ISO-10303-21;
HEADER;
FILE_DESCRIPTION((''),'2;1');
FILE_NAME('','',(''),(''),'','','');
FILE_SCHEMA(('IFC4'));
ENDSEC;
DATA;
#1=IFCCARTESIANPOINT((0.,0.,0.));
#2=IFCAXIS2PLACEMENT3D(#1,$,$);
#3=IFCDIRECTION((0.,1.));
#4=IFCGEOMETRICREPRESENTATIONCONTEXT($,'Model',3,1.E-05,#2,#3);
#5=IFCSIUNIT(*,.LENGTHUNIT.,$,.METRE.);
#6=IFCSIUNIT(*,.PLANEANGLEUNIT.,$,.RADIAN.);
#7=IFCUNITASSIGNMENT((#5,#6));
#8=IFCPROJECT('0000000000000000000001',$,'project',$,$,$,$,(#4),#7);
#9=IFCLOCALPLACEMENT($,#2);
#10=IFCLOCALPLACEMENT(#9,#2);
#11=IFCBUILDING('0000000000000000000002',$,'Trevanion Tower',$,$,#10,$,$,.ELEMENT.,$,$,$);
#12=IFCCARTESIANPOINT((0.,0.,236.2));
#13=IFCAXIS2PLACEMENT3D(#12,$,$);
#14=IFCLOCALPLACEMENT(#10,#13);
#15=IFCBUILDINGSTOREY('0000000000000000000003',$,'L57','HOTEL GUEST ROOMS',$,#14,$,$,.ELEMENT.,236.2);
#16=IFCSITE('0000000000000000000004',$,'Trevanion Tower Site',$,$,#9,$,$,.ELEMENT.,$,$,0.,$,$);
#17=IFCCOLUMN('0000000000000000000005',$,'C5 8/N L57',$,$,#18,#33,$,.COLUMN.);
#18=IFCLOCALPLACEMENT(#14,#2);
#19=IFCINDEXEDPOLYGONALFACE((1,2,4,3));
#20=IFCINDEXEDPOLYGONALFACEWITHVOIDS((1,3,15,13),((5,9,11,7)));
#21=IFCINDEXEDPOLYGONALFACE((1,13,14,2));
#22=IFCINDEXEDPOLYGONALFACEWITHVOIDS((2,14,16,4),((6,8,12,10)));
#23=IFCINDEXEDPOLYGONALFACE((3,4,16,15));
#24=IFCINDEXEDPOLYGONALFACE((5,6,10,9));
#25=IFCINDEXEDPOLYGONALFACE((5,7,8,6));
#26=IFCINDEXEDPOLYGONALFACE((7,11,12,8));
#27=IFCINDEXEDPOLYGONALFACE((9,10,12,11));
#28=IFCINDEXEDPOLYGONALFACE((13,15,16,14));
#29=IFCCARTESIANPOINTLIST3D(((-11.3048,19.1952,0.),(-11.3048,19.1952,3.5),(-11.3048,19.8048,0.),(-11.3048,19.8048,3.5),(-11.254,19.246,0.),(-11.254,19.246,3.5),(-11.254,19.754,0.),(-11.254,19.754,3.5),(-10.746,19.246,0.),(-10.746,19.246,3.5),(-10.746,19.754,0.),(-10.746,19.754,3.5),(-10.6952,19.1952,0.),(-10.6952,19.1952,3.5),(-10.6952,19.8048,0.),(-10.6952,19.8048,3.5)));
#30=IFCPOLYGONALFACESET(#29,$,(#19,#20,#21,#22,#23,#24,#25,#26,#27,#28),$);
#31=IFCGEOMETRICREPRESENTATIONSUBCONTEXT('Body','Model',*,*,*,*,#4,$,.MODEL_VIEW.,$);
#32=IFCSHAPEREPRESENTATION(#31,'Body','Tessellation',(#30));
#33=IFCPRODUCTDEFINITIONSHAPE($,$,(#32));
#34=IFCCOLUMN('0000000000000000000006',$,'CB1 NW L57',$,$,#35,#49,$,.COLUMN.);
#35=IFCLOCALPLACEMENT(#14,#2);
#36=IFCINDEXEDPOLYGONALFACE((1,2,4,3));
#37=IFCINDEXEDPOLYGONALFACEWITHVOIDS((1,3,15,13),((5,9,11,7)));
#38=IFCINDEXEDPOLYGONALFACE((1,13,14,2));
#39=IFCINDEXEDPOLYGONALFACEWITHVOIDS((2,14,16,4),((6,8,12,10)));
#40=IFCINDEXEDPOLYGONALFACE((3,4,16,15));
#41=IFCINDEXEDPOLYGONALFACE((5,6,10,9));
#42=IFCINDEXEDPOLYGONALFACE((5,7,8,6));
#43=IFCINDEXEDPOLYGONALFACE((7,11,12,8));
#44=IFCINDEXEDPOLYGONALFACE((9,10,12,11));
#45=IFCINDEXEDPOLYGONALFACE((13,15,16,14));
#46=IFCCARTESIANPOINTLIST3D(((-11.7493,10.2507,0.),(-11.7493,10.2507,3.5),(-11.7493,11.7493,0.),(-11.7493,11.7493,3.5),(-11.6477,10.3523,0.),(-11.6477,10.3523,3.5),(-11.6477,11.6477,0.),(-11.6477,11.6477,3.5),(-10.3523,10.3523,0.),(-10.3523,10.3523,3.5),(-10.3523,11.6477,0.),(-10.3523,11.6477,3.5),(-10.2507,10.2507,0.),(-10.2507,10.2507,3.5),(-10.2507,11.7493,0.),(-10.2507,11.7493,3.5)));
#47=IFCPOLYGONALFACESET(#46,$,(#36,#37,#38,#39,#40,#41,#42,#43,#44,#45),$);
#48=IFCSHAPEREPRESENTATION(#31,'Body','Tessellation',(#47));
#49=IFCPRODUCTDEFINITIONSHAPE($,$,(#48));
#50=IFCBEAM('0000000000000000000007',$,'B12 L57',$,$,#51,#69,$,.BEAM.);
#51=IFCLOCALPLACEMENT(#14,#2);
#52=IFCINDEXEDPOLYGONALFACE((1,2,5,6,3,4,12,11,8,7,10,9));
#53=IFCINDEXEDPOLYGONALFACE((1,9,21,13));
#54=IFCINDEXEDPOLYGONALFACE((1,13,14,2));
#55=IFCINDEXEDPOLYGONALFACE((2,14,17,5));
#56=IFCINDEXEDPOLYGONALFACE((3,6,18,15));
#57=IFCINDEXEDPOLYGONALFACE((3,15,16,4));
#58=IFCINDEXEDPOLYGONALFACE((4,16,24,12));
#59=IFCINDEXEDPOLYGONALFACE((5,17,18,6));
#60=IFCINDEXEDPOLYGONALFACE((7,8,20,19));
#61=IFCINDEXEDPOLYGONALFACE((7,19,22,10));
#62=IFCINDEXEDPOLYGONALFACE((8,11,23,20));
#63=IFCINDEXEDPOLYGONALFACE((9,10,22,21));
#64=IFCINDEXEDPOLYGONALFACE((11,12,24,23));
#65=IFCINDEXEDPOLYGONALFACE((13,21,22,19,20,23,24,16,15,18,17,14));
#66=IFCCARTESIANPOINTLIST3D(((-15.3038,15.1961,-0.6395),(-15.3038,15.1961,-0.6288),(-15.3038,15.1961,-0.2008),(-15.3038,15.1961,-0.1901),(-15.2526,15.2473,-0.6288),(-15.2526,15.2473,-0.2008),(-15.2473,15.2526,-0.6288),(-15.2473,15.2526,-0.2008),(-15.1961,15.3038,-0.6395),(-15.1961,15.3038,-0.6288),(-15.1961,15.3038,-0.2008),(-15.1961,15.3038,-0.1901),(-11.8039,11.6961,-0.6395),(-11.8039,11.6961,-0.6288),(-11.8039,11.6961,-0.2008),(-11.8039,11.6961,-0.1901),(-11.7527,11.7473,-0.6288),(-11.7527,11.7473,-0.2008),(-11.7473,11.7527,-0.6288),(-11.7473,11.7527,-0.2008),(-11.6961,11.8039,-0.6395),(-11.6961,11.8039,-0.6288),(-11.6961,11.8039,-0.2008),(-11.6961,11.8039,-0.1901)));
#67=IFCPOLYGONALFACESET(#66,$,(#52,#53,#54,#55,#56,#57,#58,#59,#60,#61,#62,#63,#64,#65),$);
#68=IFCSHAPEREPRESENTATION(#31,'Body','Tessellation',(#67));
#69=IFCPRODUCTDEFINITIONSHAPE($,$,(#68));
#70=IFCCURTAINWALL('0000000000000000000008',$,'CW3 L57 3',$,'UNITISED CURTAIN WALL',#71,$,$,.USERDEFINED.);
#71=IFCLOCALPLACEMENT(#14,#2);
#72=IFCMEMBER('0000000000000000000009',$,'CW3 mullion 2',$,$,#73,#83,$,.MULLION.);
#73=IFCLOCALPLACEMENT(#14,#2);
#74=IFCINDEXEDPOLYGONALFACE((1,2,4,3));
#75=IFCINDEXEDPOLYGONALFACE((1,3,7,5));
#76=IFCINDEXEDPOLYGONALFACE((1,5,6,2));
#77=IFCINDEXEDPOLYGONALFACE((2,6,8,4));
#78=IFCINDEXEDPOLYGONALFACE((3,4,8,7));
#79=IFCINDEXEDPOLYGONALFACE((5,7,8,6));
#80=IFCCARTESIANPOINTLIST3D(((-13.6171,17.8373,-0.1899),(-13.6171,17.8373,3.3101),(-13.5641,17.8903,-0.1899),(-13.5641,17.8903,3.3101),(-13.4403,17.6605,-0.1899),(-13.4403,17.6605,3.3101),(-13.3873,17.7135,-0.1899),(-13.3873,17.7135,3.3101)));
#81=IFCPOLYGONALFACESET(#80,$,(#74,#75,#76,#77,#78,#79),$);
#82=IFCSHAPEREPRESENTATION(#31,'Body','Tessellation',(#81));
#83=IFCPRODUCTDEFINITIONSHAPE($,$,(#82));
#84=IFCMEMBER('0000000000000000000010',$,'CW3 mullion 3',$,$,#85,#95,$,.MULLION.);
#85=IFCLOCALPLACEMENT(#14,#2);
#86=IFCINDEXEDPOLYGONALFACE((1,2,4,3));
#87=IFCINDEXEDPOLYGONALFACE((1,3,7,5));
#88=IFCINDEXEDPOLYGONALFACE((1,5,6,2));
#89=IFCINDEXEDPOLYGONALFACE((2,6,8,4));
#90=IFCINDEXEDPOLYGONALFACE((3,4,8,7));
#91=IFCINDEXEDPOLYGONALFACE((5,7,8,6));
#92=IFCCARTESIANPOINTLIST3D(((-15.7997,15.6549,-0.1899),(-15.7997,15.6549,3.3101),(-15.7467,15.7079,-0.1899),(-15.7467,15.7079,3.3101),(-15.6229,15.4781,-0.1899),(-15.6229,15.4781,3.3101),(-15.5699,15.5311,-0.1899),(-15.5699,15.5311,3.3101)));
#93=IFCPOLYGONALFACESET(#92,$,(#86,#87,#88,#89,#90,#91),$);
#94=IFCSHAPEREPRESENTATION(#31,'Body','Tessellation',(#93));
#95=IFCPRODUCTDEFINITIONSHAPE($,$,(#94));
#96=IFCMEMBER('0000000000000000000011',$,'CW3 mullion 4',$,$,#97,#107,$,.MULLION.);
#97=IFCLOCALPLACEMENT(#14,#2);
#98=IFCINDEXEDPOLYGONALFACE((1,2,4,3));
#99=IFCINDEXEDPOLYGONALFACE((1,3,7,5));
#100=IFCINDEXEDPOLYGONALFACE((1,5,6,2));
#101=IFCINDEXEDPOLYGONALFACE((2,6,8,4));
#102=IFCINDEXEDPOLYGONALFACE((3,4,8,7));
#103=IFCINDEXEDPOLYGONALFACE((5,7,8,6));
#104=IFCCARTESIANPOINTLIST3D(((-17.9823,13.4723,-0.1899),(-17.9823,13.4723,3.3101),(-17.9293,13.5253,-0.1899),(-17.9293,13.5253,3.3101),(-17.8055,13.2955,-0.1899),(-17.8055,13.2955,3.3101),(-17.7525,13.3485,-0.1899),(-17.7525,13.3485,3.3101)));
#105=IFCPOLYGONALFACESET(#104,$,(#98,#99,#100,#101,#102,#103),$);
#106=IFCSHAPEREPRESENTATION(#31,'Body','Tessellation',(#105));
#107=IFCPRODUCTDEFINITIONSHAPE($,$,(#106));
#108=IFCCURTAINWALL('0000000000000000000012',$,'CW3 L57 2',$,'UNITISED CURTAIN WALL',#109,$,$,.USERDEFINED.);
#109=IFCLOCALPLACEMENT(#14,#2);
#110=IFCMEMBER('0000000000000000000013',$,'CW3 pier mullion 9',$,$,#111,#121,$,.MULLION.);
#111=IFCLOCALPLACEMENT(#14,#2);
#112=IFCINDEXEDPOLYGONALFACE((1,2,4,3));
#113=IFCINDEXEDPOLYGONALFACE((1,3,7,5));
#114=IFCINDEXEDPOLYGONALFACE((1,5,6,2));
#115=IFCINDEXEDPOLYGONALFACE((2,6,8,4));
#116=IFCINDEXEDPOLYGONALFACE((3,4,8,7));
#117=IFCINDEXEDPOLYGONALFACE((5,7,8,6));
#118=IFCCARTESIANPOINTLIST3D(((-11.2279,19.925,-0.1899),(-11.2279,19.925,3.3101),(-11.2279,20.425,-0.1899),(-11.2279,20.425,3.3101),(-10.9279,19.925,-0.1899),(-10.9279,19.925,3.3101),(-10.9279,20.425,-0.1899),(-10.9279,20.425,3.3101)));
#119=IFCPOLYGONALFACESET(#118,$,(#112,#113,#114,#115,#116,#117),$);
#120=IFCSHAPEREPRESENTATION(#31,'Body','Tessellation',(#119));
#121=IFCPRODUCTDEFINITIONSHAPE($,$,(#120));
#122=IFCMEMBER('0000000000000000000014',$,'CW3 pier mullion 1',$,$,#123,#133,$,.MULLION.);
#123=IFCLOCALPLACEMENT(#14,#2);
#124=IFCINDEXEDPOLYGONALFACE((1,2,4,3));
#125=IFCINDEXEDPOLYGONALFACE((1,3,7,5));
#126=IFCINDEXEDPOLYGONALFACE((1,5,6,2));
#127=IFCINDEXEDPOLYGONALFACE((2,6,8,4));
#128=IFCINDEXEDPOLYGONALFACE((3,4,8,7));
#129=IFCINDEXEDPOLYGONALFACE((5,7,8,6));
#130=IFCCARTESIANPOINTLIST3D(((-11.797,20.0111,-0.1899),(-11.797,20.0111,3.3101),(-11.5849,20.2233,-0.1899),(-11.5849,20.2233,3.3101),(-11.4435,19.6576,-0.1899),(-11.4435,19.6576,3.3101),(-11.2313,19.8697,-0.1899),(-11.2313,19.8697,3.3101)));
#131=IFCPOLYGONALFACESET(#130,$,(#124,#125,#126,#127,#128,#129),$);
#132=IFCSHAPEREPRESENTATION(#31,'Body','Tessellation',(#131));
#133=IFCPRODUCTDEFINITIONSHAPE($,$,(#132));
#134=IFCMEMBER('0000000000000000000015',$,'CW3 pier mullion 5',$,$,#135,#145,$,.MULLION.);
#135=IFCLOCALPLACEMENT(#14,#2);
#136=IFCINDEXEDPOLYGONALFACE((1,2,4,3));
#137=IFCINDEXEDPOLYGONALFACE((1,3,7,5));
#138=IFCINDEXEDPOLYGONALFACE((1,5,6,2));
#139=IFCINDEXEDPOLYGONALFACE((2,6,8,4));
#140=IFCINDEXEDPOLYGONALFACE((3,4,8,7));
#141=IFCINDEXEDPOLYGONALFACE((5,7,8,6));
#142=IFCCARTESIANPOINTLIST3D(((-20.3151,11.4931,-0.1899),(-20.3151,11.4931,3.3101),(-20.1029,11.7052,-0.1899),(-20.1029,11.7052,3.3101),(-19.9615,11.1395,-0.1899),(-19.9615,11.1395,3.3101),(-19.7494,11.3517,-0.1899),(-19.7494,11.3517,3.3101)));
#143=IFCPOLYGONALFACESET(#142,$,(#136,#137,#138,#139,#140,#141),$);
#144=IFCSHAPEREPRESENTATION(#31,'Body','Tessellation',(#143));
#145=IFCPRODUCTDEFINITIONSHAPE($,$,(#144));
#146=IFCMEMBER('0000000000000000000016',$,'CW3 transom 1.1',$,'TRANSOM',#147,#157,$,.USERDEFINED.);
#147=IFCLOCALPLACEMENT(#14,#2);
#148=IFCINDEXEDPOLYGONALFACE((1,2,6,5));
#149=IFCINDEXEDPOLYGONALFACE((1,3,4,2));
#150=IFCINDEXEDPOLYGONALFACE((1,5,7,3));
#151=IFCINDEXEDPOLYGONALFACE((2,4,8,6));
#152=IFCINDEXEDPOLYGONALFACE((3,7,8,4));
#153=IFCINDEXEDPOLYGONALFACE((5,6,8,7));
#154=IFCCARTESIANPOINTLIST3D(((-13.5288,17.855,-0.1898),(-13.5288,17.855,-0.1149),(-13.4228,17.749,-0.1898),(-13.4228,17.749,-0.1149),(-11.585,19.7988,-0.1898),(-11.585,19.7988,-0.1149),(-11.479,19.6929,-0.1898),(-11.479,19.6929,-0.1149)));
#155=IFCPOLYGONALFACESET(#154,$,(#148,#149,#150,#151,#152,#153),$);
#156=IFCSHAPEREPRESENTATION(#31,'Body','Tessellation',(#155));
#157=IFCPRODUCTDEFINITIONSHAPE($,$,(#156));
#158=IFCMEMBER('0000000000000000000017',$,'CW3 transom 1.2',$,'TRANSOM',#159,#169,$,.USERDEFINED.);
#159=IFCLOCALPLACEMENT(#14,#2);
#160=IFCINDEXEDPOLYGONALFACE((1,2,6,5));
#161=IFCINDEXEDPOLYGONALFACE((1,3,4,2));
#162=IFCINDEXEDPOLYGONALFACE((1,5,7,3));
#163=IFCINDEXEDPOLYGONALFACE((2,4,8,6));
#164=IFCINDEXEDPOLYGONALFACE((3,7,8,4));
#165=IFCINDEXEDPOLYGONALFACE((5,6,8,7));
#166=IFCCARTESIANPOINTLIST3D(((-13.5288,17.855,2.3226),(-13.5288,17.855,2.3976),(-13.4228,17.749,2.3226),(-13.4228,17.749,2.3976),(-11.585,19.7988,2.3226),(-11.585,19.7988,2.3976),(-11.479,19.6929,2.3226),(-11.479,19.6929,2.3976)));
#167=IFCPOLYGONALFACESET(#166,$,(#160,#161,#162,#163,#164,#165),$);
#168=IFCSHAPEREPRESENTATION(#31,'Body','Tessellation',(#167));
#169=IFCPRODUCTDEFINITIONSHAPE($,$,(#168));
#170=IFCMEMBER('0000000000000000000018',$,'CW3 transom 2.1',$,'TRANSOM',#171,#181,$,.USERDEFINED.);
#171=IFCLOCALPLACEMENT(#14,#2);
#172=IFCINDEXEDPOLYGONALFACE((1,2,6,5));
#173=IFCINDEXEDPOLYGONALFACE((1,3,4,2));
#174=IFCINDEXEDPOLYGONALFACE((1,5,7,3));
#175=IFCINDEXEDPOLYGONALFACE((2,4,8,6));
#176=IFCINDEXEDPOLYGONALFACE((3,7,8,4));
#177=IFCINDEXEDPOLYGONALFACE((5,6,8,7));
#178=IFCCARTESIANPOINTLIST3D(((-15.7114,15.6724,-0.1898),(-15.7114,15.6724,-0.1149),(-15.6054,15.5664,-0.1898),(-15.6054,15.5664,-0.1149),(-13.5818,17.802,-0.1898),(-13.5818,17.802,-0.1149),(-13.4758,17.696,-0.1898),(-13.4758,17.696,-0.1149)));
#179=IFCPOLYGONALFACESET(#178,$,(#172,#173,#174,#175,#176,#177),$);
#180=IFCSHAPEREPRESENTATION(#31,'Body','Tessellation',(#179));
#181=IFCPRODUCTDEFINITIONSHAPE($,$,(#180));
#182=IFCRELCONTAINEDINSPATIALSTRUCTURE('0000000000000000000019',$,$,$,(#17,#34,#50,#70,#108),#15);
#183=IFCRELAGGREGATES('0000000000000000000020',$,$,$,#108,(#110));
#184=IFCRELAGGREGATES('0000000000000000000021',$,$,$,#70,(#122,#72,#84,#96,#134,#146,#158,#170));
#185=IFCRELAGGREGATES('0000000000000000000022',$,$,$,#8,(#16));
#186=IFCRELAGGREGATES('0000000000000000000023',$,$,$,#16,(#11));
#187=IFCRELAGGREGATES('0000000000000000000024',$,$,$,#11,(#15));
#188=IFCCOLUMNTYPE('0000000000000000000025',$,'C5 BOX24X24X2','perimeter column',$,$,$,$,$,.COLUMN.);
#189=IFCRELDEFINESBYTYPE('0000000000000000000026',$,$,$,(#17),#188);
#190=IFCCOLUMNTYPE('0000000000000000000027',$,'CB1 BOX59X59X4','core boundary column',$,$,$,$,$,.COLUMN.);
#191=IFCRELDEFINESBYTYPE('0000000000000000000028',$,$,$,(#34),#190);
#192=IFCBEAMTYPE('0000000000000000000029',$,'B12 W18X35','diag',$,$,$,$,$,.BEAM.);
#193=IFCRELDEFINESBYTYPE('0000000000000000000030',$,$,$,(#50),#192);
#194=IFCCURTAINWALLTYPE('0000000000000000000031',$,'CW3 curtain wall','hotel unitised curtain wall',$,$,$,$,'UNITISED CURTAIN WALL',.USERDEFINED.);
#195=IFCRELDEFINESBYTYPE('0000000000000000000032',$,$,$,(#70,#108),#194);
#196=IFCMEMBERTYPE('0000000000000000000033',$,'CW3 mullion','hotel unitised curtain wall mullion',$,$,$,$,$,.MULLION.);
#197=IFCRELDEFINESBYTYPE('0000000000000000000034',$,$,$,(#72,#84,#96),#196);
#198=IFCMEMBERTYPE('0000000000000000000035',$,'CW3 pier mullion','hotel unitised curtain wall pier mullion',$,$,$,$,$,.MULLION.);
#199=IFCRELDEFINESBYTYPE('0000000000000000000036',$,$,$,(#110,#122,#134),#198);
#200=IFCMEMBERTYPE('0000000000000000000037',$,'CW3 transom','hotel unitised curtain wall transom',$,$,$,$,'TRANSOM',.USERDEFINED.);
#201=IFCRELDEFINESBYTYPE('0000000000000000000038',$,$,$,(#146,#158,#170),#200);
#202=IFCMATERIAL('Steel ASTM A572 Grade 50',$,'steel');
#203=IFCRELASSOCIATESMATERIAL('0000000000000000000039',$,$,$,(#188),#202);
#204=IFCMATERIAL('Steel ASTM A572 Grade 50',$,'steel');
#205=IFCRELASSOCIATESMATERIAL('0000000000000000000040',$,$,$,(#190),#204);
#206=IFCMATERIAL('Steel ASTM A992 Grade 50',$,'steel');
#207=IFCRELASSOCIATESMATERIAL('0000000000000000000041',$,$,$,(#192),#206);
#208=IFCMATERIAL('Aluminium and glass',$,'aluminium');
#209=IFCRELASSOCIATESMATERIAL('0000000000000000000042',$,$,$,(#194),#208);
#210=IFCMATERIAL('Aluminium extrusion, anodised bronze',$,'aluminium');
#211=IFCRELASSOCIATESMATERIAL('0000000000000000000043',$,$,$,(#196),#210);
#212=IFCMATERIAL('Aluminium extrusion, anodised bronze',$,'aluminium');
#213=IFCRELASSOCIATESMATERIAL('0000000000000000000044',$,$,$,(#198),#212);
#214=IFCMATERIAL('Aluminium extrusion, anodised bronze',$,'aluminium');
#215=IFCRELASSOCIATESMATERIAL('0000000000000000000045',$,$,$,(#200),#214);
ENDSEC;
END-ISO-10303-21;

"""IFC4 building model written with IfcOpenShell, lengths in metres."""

from ifc_helpers import new_model, si_unit, direction, frame, origin, origin_2d, place, context, subcontext, project, spatial, rectangle, hollow_rectangle, i_section, extrude, material, material_profile, profile_set, type_object, element, aggregate, save


model = new_model("IFC4")

# Units and contexts
model_context = context("Model", 3, precision=1e-05, world=origin(), true_north=direction((0.0, 1.0)))
body_context = subcontext(model_context, "Body", "Model", "MODEL_VIEW")
ifc_project = project(units=[si_unit("LENGTHUNIT", "METRE"), si_unit("PLANEANGLEUNIT", "RADIAN")], contexts=[model_context])

# Site, building, storey
site_placement = place(None, origin())
site = spatial("IfcSite", under=ifc_project, at=site_placement, Name="Trevanion Tower Site", CompositionType="ELEMENT", RefElevation=0.0)
building_placement = place(site_placement, origin())
building = spatial("IfcBuilding", under=site, at=building_placement, Name="Trevanion Tower", CompositionType="ELEMENT")
storey_placement = place(building_placement, frame((0.0, 0.0, 236.2)))
storey = spatial("IfcBuildingStorey", under=building, at=storey_placement, Name="L57", Description="HOTEL GUEST ROOMS", CompositionType="ELEMENT", Elevation=236.2)

# Columns
ifc_material_1 = material(Name="Steel ASTM A572 Grade 50", Category="steel")
ifc_material_profile_1 = material_profile(ifc_material_1, hollow_rectangle(XDim=0.6096, YDim=0.6096, WallThickness=0.0508, at=origin_2d()), Name="BOX24X24X2")
ifc_profile_set_1 = profile_set([ifc_material_profile_1], Name="Steel ASTM A572 Grade 50")
column_type_1 = type_object("IfcColumnType", Name="C5 BOX24X24X2", Description="perimeter column", PredefinedType="COLUMN", material=ifc_profile_set_1)
column_1_placement = place(storey_placement, frame((-11.0, 19.5, 0.0), z_axis=(0.0, 0.0, 1.0), x_axis=(1.0, 0.0, 0.0)))
element("IfcColumn", 1, at=column_1_placement, inside=storey, type_object=column_type_1, Name="C5 8/N L57", PredefinedType="COLUMN", context=body_context, shape_type="SweptSolid", body=[
    extrude(hollow_rectangle(XDim=0.6096, YDim=0.6096, WallThickness=0.0508, at=origin_2d()), origin(), (0.0, 0.0, 1.0), 3.5),
])
ifc_material_2 = material(Name="Steel ASTM A572 Grade 50", Category="steel")
ifc_material_profile_2 = material_profile(ifc_material_2, hollow_rectangle(XDim=1.4985, YDim=1.4985, WallThickness=0.1016, at=origin_2d()), Name="BOX59X59X4")
ifc_profile_set_2 = profile_set([ifc_material_profile_2], Name="Steel ASTM A572 Grade 50")
column_type_2 = type_object("IfcColumnType", Name="CB1 BOX59X59X4", Description="core boundary column", PredefinedType="COLUMN", material=ifc_profile_set_2)
column_2_placement = place(storey_placement, frame((-11.0, 11.0, 0.0), z_axis=(0.0, 0.0, 1.0), x_axis=(1.0, 0.0, 0.0)))
element("IfcColumn", 2, at=column_2_placement, inside=storey, type_object=column_type_2, Name="CB1 NW L57", PredefinedType="COLUMN", context=body_context, shape_type="SweptSolid", body=[
    extrude(hollow_rectangle(XDim=1.4985, YDim=1.4985, WallThickness=0.1016, at=origin_2d()), origin(), (0.0, 0.0, 1.0), 3.5),
])

# Beam
ifc_material_3 = material(Name="Steel ASTM A992 Grade 50", Category="steel")
ifc_material_profile_3 = material_profile(ifc_material_3, i_section(OverallWidth=0.1523, OverallDepth=0.4495, WebThickness=0.0076, FlangeThickness=0.0107, at=origin_2d()), Name="W18X35")
ifc_profile_set_3 = profile_set([ifc_material_profile_3], Name="Steel ASTM A992 Grade 50")
beam_type_1 = type_object("IfcBeamType", Name="B12 W18X35", Description="diag", PredefinedType="BEAM", material=ifc_profile_set_3)
beam_1_placement = place(storey_placement, frame((-11.75, 11.75, -0.4148), z_axis=(-0.707107, 0.707107, 0.0), x_axis=(-0.707107, -0.707107, 0.0)))
element("IfcBeam", 3, at=beam_1_placement, inside=storey, type_object=beam_type_1, Name="B12 L57", PredefinedType="BEAM", context=body_context, shape_type="SweptSolid", body=[
    extrude(i_section(OverallWidth=0.1523, OverallDepth=0.4495, WebThickness=0.0076, FlangeThickness=0.0107, at=origin_2d()), origin(), (0.0, 0.0, 1.0), 4.9497),
])

# Curtain wall, members
ifc_material_4 = material(Name="Aluminium and glass", Category="aluminium")
curtain_wall_type = type_object("IfcCurtainWallType", Name="CW3 curtain wall", Description="hotel unitised curtain wall", ElementType="UNITISED CURTAIN WALL", PredefinedType="USERDEFINED", material=ifc_material_4)
curtain_wall_1_placement = place(storey_placement, origin())
curtain_wall_1 = element("IfcCurtainWall", 4, at=curtain_wall_1_placement, inside=storey, type_object=curtain_wall_type, Name="CW3 L57 3", ObjectType="UNITISED CURTAIN WALL", PredefinedType="USERDEFINED")
ifc_material_5 = material(Name="Aluminium extrusion, anodised bronze", Category="aluminium")
ifc_material_profile_4 = material_profile(ifc_material_5, rectangle(XDim=0.075, YDim=0.25, at=origin_2d()), Name="CW3 mullion")
ifc_profile_set_4 = profile_set([ifc_material_profile_4], Name="Aluminium extrusion, anodised bronze")
member_type_1 = type_object("IfcMemberType", Name="CW3 mullion", Description="hotel unitised curtain wall mullion", PredefinedType="MULLION", material=ifc_profile_set_4)
member_1_placement = place(storey_placement, frame((-13.5022, 17.7754, -0.1899), z_axis=(0.0, 0.0, 1.0), x_axis=(-0.707107, -0.707107, 0.0)))
member_1 = element("IfcMember", 5, at=member_1_placement, type_object=member_type_1, Name="CW3 mullion 2", PredefinedType="MULLION", context=body_context, shape_type="SweptSolid", body=[
    extrude(rectangle(XDim=0.075, YDim=0.25, at=origin_2d()), origin(), (0.0, 0.0, 1.0), 3.5),
])
member_2_placement = place(storey_placement, frame((-15.6848, 15.593, -0.1899), z_axis=(0.0, 0.0, 1.0), x_axis=(-0.707107, -0.707107, 0.0)))
member_2 = element("IfcMember", 6, at=member_2_placement, type_object=member_type_1, Name="CW3 mullion 3", PredefinedType="MULLION", context=body_context, shape_type="SweptSolid", body=[
    extrude(rectangle(XDim=0.075, YDim=0.25, at=origin_2d()), origin(), (0.0, 0.0, 1.0), 3.5),
])
member_3_placement = place(storey_placement, frame((-17.8674, 13.4104, -0.1899), z_axis=(0.0, 0.0, 1.0), x_axis=(-0.707107, -0.707107, 0.0)))
member_3 = element("IfcMember", 7, at=member_3_placement, type_object=member_type_1, Name="CW3 mullion 4", PredefinedType="MULLION", context=body_context, shape_type="SweptSolid", body=[
    extrude(rectangle(XDim=0.075, YDim=0.25, at=origin_2d()), origin(), (0.0, 0.0, 1.0), 3.5),
])

# Curtain wall, member
curtain_wall_2_placement = place(storey_placement, origin())
curtain_wall_2 = element("IfcCurtainWall", 8, at=curtain_wall_2_placement, inside=storey, type_object=curtain_wall_type, Name="CW3 L57 2", ObjectType="UNITISED CURTAIN WALL", PredefinedType="USERDEFINED")
ifc_material_6 = material(Name="Aluminium extrusion, anodised bronze", Category="aluminium")
ifc_material_profile_5 = material_profile(ifc_material_6, rectangle(XDim=0.3, YDim=0.5, at=origin_2d()), Name="CW3 pier mullion")
ifc_profile_set_5 = profile_set([ifc_material_profile_5], Name="Aluminium extrusion, anodised bronze")
member_type_2 = type_object("IfcMemberType", Name="CW3 pier mullion", Description="hotel unitised curtain wall pier mullion", PredefinedType="MULLION", material=ifc_profile_set_5)
member_4_placement = place(storey_placement, frame((-11.0779, 20.175, -0.1899), z_axis=(0.0, 0.0, 1.0), x_axis=(-1.0, 0.0, 0.0)))
member_4 = element("IfcMember", 9, at=member_4_placement, type_object=member_type_2, Name="CW3 pier mullion 9", PredefinedType="MULLION", context=body_context, shape_type="SweptSolid", body=[
    extrude(rectangle(XDim=0.3, YDim=0.5, at=origin_2d()), origin(), (0.0, 0.0, 1.0), 3.5),
])
aggregate(curtain_wall_2, [member_4])

# Members
member_5_placement = place(storey_placement, frame((-11.5142, 19.9404, -0.1899), z_axis=(0.0, 0.0, 1.0), x_axis=(-0.707107, -0.707107, 0.0)))
member_5 = element("IfcMember", 10, at=member_5_placement, type_object=member_type_2, Name="CW3 pier mullion 1", PredefinedType="MULLION", context=body_context, shape_type="SweptSolid", body=[
    extrude(rectangle(XDim=0.3, YDim=0.5, at=origin_2d()), origin(), (0.0, 0.0, 1.0), 3.5),
])
member_6_placement = place(storey_placement, frame((-20.0322, 11.4224, -0.1899), z_axis=(0.0, 0.0, 1.0), x_axis=(-0.707107, -0.707107, 0.0)))
member_6 = element("IfcMember", 11, at=member_6_placement, type_object=member_type_2, Name="CW3 pier mullion 5", PredefinedType="MULLION", context=body_context, shape_type="SweptSolid", body=[
    extrude(rectangle(XDim=0.3, YDim=0.5, at=origin_2d()), origin(), (0.0, 0.0, 1.0), 3.5),
])
ifc_material_7 = material(Name="Aluminium extrusion, anodised bronze", Category="aluminium")
ifc_material_profile_6 = material_profile(ifc_material_7, rectangle(XDim=0.1499, YDim=0.075, at=origin_2d()), Name="CW3 transom")
ifc_profile_set_6 = profile_set([ifc_material_profile_6], Name="Aluminium extrusion, anodised bronze")
member_type_3 = type_object("IfcMemberType", Name="CW3 transom", Description="hotel unitised curtain wall transom", ElementType="TRANSOM", PredefinedType="USERDEFINED", material=ifc_profile_set_6)
member_7_placement = place(storey_placement, frame((-11.532, 19.7458, -0.1523), z_axis=(-0.707107, -0.707107, 0.0), x_axis=(0.707107, -0.707107, 0.0)))
member_7 = element("IfcMember", 12, at=member_7_placement, type_object=member_type_3, Name="CW3 transom 1.1", ObjectType="TRANSOM", PredefinedType="USERDEFINED", context=body_context, shape_type="SweptSolid", body=[
    extrude(rectangle(XDim=0.1499, YDim=0.075, at=origin_2d()), origin(), (0.0, 0.0, 1.0), 2.749),
])
member_8_placement = place(storey_placement, frame((-11.532, 19.7458, 2.3601), z_axis=(-0.707107, -0.707107, 0.0), x_axis=(0.707107, -0.707107, 0.0)))
member_8 = element("IfcMember", 13, at=member_8_placement, type_object=member_type_3, Name="CW3 transom 1.2", ObjectType="TRANSOM", PredefinedType="USERDEFINED", context=body_context, shape_type="SweptSolid", body=[
    extrude(rectangle(XDim=0.1499, YDim=0.075, at=origin_2d()), origin(), (0.0, 0.0, 1.0), 2.749),
])
member_9_placement = place(storey_placement, frame((-13.5288, 17.749, -0.1523), z_axis=(-0.707107, -0.707107, 0.0), x_axis=(0.707107, -0.707107, 0.0)))
member_9 = element("IfcMember", 14, at=member_9_placement, type_object=member_type_3, Name="CW3 transom 2.1", ObjectType="TRANSOM", PredefinedType="USERDEFINED", context=body_context, shape_type="SweptSolid", body=[
    extrude(rectangle(XDim=0.1499, YDim=0.075, at=origin_2d()), origin(), (0.0, 0.0, 1.0), 3.0117),
])

aggregate(curtain_wall_1, [member_5, member_1, member_2, member_3, member_6, member_7, member_8, member_9])

save(model, "model.ifc")
